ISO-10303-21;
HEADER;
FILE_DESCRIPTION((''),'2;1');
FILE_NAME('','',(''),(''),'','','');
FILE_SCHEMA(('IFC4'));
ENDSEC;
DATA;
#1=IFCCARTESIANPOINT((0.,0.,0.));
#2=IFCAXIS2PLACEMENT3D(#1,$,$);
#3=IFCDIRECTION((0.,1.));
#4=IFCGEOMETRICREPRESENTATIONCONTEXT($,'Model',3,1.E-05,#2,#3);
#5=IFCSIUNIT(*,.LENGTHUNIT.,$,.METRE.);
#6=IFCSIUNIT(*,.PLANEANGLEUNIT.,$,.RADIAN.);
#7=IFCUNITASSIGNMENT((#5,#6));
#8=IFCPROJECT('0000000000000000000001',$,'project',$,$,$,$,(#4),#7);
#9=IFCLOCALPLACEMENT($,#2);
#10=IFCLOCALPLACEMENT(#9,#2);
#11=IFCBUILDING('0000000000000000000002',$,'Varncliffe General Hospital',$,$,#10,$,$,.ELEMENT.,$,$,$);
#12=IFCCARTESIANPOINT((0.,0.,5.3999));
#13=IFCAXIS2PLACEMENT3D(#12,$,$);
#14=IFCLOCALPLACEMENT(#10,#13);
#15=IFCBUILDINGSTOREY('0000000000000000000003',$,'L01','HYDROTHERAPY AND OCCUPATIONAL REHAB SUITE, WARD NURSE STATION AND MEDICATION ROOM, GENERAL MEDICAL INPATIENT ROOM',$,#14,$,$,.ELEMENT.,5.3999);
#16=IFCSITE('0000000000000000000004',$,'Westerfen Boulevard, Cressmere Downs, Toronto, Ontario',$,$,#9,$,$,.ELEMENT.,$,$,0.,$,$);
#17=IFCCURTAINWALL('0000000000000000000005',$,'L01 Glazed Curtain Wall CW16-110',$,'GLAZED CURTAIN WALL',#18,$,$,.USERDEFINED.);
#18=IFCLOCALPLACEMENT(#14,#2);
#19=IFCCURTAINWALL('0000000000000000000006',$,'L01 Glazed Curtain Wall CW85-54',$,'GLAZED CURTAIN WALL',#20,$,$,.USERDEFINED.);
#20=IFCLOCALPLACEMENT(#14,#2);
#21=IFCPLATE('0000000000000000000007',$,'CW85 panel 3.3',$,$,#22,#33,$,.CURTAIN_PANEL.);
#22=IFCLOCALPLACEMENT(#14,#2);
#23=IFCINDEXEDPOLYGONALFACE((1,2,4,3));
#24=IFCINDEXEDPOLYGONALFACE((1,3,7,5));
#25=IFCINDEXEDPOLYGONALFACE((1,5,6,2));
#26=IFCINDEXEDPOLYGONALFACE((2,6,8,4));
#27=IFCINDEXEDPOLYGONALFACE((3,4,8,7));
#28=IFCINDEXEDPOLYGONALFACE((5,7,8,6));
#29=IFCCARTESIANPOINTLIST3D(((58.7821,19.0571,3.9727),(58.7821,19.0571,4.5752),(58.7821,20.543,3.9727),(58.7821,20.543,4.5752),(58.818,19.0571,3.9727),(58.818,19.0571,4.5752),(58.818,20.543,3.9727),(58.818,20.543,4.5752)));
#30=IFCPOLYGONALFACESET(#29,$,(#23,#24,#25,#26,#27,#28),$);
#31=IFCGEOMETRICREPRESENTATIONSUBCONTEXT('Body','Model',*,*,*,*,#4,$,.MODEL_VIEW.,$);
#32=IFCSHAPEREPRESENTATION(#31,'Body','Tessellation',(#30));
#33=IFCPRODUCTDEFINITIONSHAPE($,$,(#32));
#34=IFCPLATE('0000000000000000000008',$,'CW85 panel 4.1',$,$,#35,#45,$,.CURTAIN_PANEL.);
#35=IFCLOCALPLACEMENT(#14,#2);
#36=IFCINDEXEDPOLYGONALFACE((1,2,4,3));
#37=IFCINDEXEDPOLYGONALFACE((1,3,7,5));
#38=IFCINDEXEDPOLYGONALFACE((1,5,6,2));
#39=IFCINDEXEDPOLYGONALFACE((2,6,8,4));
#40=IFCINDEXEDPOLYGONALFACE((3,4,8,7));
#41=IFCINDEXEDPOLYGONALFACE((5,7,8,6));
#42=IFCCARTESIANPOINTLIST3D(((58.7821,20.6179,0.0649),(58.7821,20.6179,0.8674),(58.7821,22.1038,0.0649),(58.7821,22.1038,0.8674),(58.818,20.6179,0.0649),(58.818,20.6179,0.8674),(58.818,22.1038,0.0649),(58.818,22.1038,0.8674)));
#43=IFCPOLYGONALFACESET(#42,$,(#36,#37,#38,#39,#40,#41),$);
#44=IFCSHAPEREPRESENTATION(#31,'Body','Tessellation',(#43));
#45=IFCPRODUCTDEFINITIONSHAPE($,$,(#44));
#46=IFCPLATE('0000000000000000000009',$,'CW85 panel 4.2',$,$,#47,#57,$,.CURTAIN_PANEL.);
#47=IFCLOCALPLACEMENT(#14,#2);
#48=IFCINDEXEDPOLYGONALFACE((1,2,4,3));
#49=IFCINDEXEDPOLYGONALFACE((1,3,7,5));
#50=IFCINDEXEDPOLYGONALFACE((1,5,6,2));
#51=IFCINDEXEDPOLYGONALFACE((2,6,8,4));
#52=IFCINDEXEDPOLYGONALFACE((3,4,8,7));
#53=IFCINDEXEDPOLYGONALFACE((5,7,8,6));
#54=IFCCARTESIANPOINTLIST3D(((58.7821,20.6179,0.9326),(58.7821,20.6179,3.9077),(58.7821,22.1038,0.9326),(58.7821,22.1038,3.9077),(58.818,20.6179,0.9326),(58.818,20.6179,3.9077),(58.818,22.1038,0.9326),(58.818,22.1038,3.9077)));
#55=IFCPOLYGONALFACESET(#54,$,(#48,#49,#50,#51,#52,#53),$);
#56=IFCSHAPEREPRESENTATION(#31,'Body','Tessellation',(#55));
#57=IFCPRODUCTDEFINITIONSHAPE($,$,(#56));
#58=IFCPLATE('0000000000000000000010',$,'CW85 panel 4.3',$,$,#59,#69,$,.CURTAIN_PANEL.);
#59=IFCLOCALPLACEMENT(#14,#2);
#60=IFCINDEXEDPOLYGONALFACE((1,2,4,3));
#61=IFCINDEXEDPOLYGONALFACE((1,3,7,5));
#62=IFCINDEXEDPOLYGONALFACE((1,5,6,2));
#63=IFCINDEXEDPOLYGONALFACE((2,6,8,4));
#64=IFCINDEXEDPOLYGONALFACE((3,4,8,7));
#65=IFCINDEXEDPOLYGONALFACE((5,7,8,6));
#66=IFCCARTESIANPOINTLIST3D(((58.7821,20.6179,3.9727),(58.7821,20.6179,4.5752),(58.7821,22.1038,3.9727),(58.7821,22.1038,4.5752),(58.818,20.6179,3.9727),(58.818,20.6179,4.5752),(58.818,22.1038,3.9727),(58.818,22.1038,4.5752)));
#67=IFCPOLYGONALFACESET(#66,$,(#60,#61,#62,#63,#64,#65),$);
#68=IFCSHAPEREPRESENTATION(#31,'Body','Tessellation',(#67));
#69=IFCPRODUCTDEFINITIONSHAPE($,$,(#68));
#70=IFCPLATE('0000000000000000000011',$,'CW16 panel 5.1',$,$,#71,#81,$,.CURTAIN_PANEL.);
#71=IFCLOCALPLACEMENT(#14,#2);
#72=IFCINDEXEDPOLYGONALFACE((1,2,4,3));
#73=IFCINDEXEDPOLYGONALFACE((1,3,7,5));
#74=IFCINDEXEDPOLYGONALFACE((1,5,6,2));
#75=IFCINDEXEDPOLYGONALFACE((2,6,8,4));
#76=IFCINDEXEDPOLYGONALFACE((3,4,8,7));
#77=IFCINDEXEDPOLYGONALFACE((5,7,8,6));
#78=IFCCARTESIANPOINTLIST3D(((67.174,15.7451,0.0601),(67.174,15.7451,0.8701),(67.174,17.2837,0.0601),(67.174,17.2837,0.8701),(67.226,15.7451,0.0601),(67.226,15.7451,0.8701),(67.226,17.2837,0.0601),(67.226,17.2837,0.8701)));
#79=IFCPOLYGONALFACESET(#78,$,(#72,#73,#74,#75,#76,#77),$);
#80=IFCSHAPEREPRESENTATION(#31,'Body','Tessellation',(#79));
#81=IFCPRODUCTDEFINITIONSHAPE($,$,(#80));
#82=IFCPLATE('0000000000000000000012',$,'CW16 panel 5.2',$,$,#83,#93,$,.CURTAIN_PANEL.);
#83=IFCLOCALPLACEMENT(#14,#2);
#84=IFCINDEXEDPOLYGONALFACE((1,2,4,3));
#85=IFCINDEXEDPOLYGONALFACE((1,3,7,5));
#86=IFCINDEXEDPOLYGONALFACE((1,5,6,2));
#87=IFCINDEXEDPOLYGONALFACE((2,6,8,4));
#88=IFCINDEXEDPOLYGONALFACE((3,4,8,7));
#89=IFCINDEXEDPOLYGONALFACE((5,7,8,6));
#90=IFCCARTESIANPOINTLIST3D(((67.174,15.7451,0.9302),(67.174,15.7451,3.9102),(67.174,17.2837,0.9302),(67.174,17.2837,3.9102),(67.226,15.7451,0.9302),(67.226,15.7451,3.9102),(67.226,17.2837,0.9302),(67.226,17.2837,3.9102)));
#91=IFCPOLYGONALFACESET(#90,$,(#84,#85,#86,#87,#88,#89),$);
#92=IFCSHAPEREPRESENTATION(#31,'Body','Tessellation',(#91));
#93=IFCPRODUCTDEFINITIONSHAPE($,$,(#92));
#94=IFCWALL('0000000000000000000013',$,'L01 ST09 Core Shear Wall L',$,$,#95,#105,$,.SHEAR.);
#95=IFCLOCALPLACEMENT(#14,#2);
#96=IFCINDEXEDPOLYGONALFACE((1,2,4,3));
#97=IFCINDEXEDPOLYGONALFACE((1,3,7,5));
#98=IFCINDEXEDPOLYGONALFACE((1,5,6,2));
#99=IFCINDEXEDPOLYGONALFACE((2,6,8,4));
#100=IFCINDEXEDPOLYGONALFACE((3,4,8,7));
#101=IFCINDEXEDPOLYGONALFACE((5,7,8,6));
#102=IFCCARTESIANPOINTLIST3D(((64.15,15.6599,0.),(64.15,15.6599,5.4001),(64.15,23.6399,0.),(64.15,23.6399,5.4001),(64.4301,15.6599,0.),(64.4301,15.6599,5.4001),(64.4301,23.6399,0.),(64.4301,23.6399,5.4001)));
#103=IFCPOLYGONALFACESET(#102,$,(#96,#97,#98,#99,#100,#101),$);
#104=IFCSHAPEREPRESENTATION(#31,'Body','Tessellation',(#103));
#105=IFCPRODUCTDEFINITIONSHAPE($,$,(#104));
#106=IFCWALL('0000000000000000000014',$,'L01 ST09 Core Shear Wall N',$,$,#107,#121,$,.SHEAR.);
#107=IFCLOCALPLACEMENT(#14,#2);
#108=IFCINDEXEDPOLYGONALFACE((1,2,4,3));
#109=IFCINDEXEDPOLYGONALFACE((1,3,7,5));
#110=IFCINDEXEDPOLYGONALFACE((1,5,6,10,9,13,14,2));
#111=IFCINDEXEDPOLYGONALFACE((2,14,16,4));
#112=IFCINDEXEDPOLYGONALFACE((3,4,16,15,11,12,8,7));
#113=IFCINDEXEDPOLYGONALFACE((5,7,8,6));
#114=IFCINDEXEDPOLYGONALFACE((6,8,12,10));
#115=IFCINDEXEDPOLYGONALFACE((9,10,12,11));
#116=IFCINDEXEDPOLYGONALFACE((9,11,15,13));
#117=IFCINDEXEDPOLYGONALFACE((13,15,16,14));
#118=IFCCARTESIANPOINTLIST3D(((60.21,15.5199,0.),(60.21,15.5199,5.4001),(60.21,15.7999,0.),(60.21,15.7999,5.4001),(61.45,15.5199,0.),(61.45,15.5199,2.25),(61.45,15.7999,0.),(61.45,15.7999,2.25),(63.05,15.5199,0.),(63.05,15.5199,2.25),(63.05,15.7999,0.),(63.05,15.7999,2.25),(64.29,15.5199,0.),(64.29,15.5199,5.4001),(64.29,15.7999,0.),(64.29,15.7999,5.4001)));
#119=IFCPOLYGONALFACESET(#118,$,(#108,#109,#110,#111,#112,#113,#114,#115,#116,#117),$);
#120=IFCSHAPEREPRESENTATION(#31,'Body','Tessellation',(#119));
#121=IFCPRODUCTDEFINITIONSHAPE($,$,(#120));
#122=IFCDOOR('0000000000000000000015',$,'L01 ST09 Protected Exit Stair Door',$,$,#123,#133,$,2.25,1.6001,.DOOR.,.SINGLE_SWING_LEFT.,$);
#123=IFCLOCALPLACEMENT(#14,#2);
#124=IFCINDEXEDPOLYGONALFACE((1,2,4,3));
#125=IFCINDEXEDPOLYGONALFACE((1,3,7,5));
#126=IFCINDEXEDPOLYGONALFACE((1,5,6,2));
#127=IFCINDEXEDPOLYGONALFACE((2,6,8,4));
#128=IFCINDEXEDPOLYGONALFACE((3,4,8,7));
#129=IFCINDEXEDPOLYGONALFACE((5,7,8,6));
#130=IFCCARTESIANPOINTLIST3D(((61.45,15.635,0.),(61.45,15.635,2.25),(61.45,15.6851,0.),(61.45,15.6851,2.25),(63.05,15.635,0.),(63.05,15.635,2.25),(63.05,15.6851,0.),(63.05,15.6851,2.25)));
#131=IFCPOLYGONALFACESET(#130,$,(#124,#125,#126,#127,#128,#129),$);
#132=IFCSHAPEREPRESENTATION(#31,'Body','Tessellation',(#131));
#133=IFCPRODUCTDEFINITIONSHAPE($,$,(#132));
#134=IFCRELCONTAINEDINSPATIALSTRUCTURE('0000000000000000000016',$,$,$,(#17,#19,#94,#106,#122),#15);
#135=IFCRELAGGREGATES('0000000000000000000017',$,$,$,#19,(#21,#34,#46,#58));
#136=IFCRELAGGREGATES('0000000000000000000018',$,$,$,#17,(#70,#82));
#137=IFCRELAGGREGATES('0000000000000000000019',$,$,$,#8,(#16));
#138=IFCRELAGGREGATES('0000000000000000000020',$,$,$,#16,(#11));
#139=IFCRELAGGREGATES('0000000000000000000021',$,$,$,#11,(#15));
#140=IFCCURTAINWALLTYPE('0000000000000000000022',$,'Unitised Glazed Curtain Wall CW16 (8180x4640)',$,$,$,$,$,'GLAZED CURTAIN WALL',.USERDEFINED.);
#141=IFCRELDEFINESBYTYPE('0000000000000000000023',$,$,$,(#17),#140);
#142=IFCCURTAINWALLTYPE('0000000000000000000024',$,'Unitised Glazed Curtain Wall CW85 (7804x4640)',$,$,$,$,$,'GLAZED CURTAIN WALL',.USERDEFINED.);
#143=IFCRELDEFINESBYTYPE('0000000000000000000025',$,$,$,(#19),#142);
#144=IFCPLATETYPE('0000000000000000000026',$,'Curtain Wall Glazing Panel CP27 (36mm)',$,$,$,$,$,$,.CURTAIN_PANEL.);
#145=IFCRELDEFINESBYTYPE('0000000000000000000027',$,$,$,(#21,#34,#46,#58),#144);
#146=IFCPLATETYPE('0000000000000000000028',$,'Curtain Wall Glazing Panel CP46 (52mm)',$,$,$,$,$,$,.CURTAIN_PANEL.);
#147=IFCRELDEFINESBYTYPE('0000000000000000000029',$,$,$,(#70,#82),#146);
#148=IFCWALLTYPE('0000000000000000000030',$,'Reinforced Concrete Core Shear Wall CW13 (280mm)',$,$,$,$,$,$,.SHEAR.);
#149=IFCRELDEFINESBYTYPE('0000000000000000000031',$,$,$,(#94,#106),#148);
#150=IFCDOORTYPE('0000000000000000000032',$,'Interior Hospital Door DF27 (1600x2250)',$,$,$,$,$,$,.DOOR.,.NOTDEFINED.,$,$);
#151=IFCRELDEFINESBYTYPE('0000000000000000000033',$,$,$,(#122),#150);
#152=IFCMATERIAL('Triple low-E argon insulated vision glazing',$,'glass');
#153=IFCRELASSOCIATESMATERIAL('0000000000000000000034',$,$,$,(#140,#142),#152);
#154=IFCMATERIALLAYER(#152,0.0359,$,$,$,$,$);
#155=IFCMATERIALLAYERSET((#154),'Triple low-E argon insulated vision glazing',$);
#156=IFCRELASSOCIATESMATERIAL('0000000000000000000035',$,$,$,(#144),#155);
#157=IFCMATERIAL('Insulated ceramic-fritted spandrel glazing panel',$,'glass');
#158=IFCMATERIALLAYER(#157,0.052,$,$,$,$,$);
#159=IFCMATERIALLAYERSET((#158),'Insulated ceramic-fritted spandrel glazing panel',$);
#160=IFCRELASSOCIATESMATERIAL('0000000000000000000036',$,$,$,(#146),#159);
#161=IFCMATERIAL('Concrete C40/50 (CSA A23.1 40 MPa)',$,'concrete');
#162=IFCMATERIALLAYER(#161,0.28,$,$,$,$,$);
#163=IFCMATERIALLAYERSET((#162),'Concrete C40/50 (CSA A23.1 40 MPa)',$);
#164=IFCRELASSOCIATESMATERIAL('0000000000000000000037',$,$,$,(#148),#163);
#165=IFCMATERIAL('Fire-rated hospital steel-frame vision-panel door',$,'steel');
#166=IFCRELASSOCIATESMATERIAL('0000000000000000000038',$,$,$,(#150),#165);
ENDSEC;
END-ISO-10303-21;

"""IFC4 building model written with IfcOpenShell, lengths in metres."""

from ifc_helpers import new_model, si_unit, direction, frame, frame_2d, origin, origin_2d, place, context, subcontext, project, spatial, rectangle, extrude, material, layer, layer_set, type_object, element, fill, aggregate, save


model = new_model("IFC4")

# Units and contexts
model_context = context("Model", 3, precision=1e-05, world=origin(), true_north=direction((0.0, 1.0)))
body_context = subcontext(model_context, "Body", "Model", "MODEL_VIEW")
ifc_project = project(units=[si_unit("LENGTHUNIT", "METRE"), si_unit("PLANEANGLEUNIT", "RADIAN")], contexts=[model_context])

# Site, building, storey
site_placement = place(None, origin())
site = spatial("IfcSite", under=ifc_project, at=site_placement, Name="Westerfen Boulevard, Cressmere Downs, Toronto, Ontario", CompositionType="ELEMENT", RefElevation=0.0)
building_placement = place(site_placement, origin())
building = spatial("IfcBuilding", under=site, at=building_placement, Name="Varncliffe General Hospital", CompositionType="ELEMENT")
storey_placement = place(building_placement, frame((0.0, 0.0, 5.3999)))
storey = spatial("IfcBuildingStorey", under=building, at=storey_placement, Name="L01", Description="HYDROTHERAPY AND OCCUPATIONAL REHAB SUITE, WARD NURSE STATION AND MEDICATION ROOM, GENERAL MEDICAL INPATIENT ROOM", CompositionType="ELEMENT", Elevation=5.3999)

# Curtain wall
ifc_material_1 = material(Name="Triple low-E argon insulated vision glazing", Category="glass")
curtain_wall_type_1 = type_object("IfcCurtainWallType", Name="Unitised Glazed Curtain Wall CW16 (8180x4640)", ElementType="GLAZED CURTAIN WALL", PredefinedType="USERDEFINED", material=ifc_material_1)
curtain_wall_1_placement = place(storey_placement, origin())
curtain_wall_1 = element("IfcCurtainWall", 1, at=curtain_wall_1_placement, inside=storey, type_object=curtain_wall_type_1, Name="L01 Glazed Curtain Wall CW16-110", ObjectType="GLAZED CURTAIN WALL", PredefinedType="USERDEFINED")

# Curtain wall, plates
curtain_wall_type_2 = type_object("IfcCurtainWallType", Name="Unitised Glazed Curtain Wall CW85 (7804x4640)", ElementType="GLAZED CURTAIN WALL", PredefinedType="USERDEFINED", material=ifc_material_1)
curtain_wall_2_placement = place(storey_placement, origin())
curtain_wall_2 = element("IfcCurtainWall", 2, at=curtain_wall_2_placement, inside=storey, type_object=curtain_wall_type_2, Name="L01 Glazed Curtain Wall CW85-54", ObjectType="GLAZED CURTAIN WALL", PredefinedType="USERDEFINED")
ifc_layer_1 = layer(ifc_material_1, 0.0359)
ifc_layer_set_1 = layer_set([ifc_layer_1], Name="Triple low-E argon insulated vision glazing")
plate_type_1 = type_object("IfcPlateType", Name="Curtain Wall Glazing Panel CP27 (36mm)", PredefinedType="CURTAIN_PANEL", material=ifc_layer_set_1)
plate_1_placement = place(storey_placement, frame((58.8, 19.8, 3.9727), z_axis=(0.0, 0.0, 1.0), x_axis=(0.0, 1.0, 0.0)))
plate_1 = element("IfcPlate", 3, at=plate_1_placement, type_object=plate_type_1, Name="CW85 panel 3.3", PredefinedType="CURTAIN_PANEL", context=body_context, shape_type="SweptSolid", body=[
    extrude(rectangle(XDim=1.4858, YDim=0.0359, at=origin_2d()), origin(), (0.0, 0.0, 1.0), 0.6025),
])
plate_2_placement = place(storey_placement, frame((58.8, 21.3608, 0.0649), z_axis=(0.0, 0.0, 1.0), x_axis=(0.0, 1.0, 0.0)))
plate_2 = element("IfcPlate", 4, at=plate_2_placement, type_object=plate_type_1, Name="CW85 panel 4.1", PredefinedType="CURTAIN_PANEL", context=body_context, shape_type="SweptSolid", body=[
    extrude(rectangle(XDim=1.4858, YDim=0.0359, at=origin_2d()), origin(), (0.0, 0.0, 1.0), 0.8025),
])
plate_3_placement = place(storey_placement, frame((58.8, 21.3608, 0.9326), z_axis=(0.0, 0.0, 1.0), x_axis=(0.0, 1.0, 0.0)))
plate_3 = element("IfcPlate", 5, at=plate_3_placement, type_object=plate_type_1, Name="CW85 panel 4.2", PredefinedType="CURTAIN_PANEL", context=body_context, shape_type="SweptSolid", body=[
    extrude(rectangle(XDim=1.4858, YDim=0.0359, at=origin_2d()), origin(), (0.0, 0.0, 1.0), 2.9751),
])
plate_4_placement = place(storey_placement, frame((58.8, 21.3608, 3.9727), z_axis=(0.0, 0.0, 1.0), x_axis=(0.0, 1.0, 0.0)))
plate_4 = element("IfcPlate", 6, at=plate_4_placement, type_object=plate_type_1, Name="CW85 panel 4.3", PredefinedType="CURTAIN_PANEL", context=body_context, shape_type="SweptSolid", body=[
    extrude(rectangle(XDim=1.4858, YDim=0.0359, at=origin_2d()), origin(), (0.0, 0.0, 1.0), 0.6025),
])
aggregate(curtain_wall_2, [plate_1, plate_2, plate_3, plate_4])

# Plates
ifc_material_2 = material(Name="Insulated ceramic-fritted spandrel glazing panel", Category="glass")
ifc_layer_2 = layer(ifc_material_2, 0.052)
ifc_layer_set_2 = layer_set([ifc_layer_2], Name="Insulated ceramic-fritted spandrel glazing panel")
plate_type_2 = type_object("IfcPlateType", Name="Curtain Wall Glazing Panel CP46 (52mm)", PredefinedType="CURTAIN_PANEL", material=ifc_layer_set_2)
plate_5_placement = place(storey_placement, frame((67.2, 16.5144, 0.0601), z_axis=(0.0, 0.0, 1.0), x_axis=(0.0, -1.0, 0.0)))
plate_5 = element("IfcPlate", 7, at=plate_5_placement, type_object=plate_type_2, Name="CW16 panel 5.1", PredefinedType="CURTAIN_PANEL", context=body_context, shape_type="SweptSolid", body=[
    extrude(rectangle(XDim=1.5386, YDim=0.052, at=origin_2d()), origin(), (0.0, 0.0, 1.0), 0.8101),
])
plate_6_placement = place(storey_placement, frame((67.2, 16.5144, 0.9302), z_axis=(0.0, 0.0, 1.0), x_axis=(0.0, -1.0, 0.0)))
plate_6 = element("IfcPlate", 8, at=plate_6_placement, type_object=plate_type_2, Name="CW16 panel 5.2", PredefinedType="CURTAIN_PANEL", context=body_context, shape_type="SweptSolid", body=[
    extrude(rectangle(XDim=1.5386, YDim=0.052, at=origin_2d()), origin(), (0.0, 0.0, 1.0), 2.98),
])
aggregate(curtain_wall_1, [plate_5, plate_6])

# Wall
ifc_material_3 = material(Name="Concrete C40/50 (CSA A23.1 40 MPa)", Category="concrete")
ifc_layer_3 = layer(ifc_material_3, 0.28)
ifc_layer_set_3 = layer_set([ifc_layer_3], Name="Concrete C40/50 (CSA A23.1 40 MPa)")
wall_type = type_object("IfcWallType", Name="Reinforced Concrete Core Shear Wall CW13 (280mm)", PredefinedType="SHEAR", material=ifc_layer_set_3)
wall_1_placement = place(storey_placement, frame((64.29, 15.6599, 0.0), z_axis=(0.0, 0.0, 1.0), x_axis=(0.0, 1.0, 0.0)))
element("IfcWall", 9, at=wall_1_placement, inside=storey, type_object=wall_type, Name="L01 ST09 Core Shear Wall L", PredefinedType="SHEAR", context=body_context, shape_type="SweptSolid", body=[
    extrude(rectangle(XDim=7.98, YDim=0.28, at=frame_2d((3.99, 0.0))), origin(), (0.0, 0.0, 1.0), 5.4001),
])

# Wall, opening, door
wall_2_placement = place(storey_placement, frame((60.21, 15.6599, 0.0), z_axis=(0.0, 0.0, 1.0), x_axis=(1.0, 0.0, 0.0)))
wall_2 = element("IfcWall", 10, at=wall_2_placement, inside=storey, type_object=wall_type, Name="L01 ST09 Core Shear Wall N", PredefinedType="SHEAR", context=body_context, shape_type="SweptSolid", body=[
    extrude(rectangle(XDim=4.0801, YDim=0.28, at=frame_2d((2.04, 0.0))), origin(), (0.0, 0.0, 1.0), 5.4001),
])
opening_placement = place(wall_2_placement, frame((1.24, 0.0, 0.0)))
opening = element("IfcOpeningElement", 11, at=opening_placement, cuts=wall_2, PredefinedType="OPENING", context=body_context, shape_type="SweptSolid", body=[
    extrude(rectangle(XDim=1.6001, YDim=2.25, at=frame_2d((0.8, 1.125))), frame((0.0, 0.1499, 0.0), z_axis=(0.0, -1.0, 0.0), x_axis=(1.0, 0.0, 0.0)), (0.0, 0.0, 1.0), 0.3),
])
ifc_material_4 = material(Name="Fire-rated hospital steel-frame vision-panel door", Category="steel")
door_type = type_object("IfcDoorType", Name="Interior Hospital Door DF27 (1600x2250)", OperationType="NOTDEFINED", PredefinedType="DOOR", material=ifc_material_4)
door_placement = place(opening_placement, frame((1.6001, 0.0, 0.0), z_axis=(0.0, 0.0, 1.0), x_axis=(-1.0, 0.0, 0.0)))
door = element("IfcDoor", 12, at=door_placement, inside=storey, type_object=door_type, Name="L01 ST09 Protected Exit Stair Door", OperationType="SINGLE_SWING_LEFT", OverallHeight=2.25, OverallWidth=1.6001, PredefinedType="DOOR", context=body_context, shape_type="SweptSolid", body=[
    extrude(rectangle(XDim=1.6001, YDim=2.25, at=frame_2d((0.8, 1.125))), frame((0.0, 0.0249, 0.0), z_axis=(0.0, -1.0, 0.0), x_axis=(1.0, 0.0, 0.0)), (0.0, 0.0, 1.0), 0.05),
])
fill(opening, door)

save(model, "model.ifc")
